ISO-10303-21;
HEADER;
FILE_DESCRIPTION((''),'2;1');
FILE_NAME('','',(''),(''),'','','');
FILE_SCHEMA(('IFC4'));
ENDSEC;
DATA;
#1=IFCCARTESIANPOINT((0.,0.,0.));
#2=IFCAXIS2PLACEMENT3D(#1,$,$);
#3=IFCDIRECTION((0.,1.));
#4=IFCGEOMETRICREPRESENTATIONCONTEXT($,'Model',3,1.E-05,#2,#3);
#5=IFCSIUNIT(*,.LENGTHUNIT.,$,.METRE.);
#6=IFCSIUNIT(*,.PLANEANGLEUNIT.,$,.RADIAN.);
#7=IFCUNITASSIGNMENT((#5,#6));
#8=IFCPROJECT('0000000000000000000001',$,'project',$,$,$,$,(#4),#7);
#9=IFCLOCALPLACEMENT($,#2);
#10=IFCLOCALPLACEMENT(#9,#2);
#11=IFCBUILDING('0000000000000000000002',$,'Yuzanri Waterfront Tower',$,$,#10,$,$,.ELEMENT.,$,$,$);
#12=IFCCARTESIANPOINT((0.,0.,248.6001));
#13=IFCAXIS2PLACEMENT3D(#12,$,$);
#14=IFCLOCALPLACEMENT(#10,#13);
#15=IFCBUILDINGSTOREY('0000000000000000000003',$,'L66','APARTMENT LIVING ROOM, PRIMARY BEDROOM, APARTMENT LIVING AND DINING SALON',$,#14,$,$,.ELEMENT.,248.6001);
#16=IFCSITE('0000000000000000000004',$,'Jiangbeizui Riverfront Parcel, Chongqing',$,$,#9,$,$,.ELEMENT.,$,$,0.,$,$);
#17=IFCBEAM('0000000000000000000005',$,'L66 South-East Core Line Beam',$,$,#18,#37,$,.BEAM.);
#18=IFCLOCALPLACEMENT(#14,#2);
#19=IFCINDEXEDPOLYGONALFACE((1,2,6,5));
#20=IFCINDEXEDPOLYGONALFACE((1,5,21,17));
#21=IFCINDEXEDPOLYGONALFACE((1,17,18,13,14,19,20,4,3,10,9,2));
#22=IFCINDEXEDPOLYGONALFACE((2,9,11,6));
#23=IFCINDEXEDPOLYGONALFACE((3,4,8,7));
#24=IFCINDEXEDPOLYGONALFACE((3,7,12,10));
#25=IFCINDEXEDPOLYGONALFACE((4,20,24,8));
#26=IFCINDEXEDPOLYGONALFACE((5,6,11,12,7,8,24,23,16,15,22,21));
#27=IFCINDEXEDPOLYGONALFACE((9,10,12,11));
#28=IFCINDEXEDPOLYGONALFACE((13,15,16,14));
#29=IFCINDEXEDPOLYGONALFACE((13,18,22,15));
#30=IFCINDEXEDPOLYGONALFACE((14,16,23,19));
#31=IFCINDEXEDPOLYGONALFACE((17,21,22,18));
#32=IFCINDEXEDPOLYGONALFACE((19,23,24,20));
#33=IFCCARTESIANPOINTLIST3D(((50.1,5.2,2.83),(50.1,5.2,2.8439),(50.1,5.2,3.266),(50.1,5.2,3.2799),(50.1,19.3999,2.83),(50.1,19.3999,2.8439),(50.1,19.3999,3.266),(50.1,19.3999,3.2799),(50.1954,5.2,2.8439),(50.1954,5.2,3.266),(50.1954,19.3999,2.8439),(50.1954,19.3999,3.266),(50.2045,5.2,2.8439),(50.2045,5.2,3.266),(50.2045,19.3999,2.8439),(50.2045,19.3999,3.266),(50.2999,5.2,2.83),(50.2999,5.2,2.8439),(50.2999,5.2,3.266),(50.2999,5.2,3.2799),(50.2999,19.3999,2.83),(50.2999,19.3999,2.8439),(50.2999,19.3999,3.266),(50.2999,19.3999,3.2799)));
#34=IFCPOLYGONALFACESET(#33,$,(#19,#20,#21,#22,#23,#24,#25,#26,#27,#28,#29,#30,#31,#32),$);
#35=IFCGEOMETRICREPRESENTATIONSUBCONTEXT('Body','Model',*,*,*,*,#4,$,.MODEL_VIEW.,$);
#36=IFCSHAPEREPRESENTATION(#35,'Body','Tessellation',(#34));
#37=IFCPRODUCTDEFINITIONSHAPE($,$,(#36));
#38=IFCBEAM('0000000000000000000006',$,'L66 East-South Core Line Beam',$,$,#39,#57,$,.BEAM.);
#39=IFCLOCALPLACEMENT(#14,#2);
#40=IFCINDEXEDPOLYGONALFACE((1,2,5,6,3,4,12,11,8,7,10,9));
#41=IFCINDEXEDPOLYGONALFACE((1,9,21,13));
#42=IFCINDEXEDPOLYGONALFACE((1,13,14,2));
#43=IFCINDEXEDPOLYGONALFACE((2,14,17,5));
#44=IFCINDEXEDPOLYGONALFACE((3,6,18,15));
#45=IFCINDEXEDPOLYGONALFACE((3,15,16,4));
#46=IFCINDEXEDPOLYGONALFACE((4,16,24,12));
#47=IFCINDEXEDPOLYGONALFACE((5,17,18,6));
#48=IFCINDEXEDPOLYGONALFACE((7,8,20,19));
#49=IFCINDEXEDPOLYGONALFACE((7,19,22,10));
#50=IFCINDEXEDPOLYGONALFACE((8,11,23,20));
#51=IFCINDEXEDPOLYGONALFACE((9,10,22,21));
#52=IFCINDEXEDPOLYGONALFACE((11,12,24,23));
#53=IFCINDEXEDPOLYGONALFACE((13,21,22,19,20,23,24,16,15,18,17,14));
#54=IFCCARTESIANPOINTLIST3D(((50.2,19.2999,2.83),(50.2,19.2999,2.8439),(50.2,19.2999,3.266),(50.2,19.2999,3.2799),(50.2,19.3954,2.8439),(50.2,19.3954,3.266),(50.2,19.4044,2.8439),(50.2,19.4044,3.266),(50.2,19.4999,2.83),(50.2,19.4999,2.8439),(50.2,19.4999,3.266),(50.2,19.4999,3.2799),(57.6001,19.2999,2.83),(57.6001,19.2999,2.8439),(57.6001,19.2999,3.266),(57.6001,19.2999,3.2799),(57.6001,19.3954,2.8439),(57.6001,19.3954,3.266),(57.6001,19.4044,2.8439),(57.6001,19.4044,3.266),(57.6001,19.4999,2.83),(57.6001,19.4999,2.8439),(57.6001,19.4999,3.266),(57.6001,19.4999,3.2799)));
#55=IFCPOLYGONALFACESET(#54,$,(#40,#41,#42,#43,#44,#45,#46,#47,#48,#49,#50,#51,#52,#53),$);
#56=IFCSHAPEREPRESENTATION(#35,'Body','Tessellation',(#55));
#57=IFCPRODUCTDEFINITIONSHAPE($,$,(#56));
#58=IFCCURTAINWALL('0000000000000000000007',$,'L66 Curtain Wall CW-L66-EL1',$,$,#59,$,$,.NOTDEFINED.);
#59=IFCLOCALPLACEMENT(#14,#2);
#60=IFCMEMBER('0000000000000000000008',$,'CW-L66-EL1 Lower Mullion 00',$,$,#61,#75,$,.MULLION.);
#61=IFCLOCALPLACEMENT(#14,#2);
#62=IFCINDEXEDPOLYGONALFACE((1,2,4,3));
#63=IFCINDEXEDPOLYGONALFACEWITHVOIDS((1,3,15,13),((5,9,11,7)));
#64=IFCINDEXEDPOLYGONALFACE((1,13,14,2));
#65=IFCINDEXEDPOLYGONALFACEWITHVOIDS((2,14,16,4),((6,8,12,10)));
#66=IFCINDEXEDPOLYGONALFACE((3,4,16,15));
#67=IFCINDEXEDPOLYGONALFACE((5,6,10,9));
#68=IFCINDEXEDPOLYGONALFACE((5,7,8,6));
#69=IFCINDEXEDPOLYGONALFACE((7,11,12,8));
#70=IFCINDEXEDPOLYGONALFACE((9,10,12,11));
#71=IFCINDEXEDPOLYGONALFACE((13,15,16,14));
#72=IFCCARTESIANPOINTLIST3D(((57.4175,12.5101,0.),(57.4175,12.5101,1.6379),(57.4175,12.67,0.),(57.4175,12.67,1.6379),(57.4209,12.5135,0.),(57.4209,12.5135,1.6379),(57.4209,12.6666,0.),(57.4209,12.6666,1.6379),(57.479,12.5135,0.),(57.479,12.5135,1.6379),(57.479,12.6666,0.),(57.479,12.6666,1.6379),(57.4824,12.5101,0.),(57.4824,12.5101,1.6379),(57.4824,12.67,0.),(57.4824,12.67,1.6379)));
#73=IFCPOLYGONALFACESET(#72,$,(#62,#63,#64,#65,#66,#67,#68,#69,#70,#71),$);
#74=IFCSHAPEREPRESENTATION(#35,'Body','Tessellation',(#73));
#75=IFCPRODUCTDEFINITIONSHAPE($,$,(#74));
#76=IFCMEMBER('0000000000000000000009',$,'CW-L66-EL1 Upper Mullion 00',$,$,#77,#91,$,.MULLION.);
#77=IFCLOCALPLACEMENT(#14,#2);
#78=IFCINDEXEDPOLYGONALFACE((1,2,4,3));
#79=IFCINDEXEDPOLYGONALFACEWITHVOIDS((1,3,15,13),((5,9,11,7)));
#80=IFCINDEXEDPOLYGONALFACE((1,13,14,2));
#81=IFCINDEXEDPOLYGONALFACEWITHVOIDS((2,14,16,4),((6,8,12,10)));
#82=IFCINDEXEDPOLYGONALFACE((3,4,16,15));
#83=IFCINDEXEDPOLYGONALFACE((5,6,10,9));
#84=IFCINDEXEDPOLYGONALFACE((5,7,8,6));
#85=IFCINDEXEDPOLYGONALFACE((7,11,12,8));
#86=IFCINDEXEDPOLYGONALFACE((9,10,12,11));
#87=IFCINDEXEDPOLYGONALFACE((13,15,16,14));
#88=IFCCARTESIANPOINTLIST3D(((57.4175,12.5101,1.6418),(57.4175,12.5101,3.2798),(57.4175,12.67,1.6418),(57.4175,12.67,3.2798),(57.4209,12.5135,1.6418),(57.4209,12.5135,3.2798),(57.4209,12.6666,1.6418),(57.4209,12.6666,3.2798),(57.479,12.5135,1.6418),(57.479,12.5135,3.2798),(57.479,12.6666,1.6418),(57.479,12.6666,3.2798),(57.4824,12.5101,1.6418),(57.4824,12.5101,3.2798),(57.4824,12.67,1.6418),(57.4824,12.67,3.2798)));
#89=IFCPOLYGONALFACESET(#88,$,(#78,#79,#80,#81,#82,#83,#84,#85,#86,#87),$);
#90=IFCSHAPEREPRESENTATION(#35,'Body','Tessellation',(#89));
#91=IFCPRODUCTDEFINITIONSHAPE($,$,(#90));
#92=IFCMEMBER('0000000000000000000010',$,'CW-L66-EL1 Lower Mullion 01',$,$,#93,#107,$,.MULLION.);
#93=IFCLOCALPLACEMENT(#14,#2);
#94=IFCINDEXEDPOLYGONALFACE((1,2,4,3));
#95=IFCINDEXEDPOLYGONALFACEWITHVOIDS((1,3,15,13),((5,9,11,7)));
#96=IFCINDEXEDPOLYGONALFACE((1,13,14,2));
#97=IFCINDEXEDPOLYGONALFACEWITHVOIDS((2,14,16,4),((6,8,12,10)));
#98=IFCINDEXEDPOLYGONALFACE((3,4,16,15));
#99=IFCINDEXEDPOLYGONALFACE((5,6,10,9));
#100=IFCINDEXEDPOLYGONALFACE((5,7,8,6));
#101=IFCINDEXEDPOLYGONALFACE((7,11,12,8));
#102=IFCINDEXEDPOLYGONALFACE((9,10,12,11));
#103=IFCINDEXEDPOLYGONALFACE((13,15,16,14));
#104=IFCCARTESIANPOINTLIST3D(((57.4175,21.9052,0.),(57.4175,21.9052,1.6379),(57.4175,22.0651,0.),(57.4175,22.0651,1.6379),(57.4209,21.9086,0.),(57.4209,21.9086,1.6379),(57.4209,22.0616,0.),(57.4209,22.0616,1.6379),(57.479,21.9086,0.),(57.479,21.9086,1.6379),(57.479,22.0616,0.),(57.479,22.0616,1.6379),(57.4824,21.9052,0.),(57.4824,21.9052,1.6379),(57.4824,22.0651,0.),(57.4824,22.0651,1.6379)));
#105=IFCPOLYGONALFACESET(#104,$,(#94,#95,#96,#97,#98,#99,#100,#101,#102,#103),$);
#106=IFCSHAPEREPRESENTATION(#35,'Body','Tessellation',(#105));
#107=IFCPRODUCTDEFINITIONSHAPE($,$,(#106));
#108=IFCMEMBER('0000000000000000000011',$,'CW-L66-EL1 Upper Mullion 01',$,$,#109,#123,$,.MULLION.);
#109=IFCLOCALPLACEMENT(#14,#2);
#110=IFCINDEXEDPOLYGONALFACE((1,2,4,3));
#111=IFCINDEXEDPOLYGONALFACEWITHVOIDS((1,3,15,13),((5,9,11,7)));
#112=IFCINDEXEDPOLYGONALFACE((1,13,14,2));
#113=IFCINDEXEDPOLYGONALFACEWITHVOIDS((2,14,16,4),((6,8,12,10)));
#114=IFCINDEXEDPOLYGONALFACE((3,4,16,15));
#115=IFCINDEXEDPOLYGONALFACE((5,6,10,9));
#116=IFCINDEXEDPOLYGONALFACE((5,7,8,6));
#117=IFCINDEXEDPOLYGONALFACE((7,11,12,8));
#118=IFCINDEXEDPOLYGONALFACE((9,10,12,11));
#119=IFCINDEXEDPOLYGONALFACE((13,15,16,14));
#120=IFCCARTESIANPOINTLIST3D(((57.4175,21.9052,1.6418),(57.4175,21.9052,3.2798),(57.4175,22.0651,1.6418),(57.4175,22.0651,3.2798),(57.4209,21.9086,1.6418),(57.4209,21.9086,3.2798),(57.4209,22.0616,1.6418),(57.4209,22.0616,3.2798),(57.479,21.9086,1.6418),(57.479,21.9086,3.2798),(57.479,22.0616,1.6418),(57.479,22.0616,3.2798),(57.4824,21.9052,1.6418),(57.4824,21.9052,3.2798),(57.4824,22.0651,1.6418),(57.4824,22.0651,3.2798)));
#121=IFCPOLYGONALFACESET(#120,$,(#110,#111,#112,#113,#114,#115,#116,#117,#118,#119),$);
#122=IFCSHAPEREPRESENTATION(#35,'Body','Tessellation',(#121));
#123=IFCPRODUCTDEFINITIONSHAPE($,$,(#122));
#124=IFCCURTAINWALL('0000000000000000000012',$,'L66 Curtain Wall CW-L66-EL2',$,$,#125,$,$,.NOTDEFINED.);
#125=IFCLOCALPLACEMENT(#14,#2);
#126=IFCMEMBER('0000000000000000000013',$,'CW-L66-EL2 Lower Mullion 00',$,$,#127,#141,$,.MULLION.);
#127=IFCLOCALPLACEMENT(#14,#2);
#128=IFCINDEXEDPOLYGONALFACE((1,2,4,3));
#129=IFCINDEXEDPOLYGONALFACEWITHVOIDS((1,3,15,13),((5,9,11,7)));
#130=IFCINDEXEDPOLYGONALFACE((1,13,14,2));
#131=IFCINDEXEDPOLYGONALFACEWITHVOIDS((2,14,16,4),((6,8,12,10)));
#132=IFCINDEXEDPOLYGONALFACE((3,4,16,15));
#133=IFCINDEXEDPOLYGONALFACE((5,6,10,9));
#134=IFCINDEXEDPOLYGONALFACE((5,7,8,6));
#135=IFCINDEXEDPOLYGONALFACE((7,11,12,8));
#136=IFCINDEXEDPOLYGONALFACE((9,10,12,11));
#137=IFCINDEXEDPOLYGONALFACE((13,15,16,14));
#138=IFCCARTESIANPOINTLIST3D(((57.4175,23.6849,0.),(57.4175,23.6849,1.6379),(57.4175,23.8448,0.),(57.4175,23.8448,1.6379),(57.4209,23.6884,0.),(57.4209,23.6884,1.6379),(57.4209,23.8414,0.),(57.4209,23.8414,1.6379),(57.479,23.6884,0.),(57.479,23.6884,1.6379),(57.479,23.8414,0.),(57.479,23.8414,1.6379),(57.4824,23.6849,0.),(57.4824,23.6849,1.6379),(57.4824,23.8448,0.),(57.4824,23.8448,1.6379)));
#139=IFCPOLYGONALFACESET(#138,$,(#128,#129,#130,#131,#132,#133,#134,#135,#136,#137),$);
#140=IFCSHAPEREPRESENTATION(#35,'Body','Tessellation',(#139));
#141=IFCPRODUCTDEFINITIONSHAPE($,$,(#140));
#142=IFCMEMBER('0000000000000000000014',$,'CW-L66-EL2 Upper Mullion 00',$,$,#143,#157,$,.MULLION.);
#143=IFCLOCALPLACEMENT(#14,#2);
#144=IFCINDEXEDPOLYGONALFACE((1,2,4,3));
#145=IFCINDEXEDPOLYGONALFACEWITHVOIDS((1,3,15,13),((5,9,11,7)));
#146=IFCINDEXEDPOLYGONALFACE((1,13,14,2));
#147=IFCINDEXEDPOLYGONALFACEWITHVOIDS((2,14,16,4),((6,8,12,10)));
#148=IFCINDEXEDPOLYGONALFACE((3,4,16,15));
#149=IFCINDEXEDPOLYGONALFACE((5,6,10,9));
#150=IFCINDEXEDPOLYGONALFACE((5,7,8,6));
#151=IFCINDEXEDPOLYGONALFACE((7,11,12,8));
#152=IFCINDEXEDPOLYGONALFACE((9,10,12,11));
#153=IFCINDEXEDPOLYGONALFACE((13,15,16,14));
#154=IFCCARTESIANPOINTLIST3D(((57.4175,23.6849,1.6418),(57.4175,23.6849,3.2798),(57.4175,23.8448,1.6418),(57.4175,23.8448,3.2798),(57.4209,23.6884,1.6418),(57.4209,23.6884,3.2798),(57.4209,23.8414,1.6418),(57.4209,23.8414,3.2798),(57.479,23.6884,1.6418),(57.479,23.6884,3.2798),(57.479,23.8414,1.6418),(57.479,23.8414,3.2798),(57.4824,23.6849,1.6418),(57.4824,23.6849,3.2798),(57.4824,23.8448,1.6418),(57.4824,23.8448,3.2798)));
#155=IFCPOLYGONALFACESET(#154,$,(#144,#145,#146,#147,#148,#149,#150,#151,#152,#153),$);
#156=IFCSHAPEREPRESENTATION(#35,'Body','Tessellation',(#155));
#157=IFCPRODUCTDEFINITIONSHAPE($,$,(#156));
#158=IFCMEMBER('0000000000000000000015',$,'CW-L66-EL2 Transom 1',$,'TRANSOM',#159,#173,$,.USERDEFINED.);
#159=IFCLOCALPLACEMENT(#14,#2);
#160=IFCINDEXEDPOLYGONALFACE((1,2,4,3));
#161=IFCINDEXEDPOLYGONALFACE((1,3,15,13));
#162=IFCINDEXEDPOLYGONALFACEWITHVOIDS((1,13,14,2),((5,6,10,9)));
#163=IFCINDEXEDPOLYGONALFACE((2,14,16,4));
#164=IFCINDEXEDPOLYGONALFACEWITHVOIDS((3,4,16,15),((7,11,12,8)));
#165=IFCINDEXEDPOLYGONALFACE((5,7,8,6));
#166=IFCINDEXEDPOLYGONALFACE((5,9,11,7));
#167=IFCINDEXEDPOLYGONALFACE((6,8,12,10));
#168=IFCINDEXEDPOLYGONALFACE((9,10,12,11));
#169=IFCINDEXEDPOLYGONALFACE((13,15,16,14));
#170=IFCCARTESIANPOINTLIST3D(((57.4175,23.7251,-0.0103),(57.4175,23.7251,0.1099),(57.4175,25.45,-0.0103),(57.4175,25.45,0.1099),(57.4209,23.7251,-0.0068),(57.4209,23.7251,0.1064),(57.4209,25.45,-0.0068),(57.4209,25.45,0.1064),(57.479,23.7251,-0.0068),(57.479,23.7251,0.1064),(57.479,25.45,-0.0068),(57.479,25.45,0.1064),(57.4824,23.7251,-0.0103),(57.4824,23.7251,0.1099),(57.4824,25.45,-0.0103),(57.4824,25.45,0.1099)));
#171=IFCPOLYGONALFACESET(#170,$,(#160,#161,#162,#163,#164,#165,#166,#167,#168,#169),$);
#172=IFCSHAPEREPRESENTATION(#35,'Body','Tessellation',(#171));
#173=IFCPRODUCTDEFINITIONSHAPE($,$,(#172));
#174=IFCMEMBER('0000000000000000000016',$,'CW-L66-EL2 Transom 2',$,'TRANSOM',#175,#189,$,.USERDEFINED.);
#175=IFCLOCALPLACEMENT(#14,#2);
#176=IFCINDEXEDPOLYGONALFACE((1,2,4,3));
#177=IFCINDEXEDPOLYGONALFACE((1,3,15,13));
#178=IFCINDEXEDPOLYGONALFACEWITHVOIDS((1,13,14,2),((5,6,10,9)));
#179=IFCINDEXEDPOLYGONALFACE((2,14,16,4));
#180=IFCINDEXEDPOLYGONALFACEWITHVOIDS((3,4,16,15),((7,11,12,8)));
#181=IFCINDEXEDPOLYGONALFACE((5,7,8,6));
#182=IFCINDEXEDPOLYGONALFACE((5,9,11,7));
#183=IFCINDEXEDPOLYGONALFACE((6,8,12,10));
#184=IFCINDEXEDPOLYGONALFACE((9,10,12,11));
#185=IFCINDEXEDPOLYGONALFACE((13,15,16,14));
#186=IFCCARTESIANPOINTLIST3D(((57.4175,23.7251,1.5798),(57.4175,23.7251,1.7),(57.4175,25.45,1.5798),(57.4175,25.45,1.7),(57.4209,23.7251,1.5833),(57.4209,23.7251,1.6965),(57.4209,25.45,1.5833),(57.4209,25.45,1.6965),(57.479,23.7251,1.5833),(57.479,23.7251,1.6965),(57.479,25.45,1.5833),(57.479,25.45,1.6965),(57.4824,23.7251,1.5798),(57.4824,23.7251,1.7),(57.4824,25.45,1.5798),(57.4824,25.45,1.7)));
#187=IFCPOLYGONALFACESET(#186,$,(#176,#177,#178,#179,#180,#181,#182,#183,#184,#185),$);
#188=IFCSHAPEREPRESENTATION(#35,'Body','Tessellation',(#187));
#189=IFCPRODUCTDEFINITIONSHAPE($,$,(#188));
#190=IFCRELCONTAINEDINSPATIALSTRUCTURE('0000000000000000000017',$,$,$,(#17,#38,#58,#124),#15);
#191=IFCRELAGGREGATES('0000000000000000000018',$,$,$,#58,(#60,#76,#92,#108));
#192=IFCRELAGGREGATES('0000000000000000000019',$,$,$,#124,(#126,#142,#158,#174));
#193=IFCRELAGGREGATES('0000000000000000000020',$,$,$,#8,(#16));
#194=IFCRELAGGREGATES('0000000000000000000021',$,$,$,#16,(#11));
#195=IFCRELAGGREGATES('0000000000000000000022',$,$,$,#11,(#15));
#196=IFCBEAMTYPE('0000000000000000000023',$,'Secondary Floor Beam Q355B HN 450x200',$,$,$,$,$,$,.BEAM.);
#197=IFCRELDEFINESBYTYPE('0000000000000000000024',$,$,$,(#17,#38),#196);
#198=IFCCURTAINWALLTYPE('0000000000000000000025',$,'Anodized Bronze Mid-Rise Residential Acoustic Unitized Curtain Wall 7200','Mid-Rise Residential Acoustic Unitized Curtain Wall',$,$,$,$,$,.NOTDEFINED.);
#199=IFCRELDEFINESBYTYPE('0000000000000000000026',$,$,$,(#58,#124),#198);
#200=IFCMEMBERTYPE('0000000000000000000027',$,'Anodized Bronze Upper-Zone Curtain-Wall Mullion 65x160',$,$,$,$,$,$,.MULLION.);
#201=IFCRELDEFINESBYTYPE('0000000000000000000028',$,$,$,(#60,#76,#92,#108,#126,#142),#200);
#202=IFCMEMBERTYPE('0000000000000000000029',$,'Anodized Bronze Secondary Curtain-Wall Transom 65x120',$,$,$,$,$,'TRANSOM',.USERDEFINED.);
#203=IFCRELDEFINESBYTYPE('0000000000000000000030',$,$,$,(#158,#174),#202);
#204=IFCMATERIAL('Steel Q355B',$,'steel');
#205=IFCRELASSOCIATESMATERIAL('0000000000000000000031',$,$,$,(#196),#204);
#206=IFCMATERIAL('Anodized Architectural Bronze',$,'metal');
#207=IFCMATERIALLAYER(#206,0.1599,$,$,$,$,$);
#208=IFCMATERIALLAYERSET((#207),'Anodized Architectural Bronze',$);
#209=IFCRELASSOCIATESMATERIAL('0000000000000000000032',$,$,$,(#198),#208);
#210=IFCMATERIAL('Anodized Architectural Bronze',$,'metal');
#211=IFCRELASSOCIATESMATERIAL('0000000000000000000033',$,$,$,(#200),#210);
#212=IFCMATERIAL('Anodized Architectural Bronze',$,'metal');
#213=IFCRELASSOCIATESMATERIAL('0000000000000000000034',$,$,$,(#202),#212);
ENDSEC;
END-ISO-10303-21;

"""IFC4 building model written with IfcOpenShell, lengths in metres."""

from ifc_helpers import new_model, si_unit, direction, frame, origin, origin_2d, place, context, subcontext, project, spatial, hollow_rectangle, i_section, extrude, source, transform, mapped, material, layer, layer_set, material_profile, profile_set, type_object, element, aggregate, save


model = new_model("IFC4")

# Units and contexts
model_context = context("Model", 3, precision=1e-05, world=origin(), true_north=direction((0.0, 1.0)))
body_context = subcontext(model_context, "Body", "Model", "MODEL_VIEW")
ifc_project = project(units=[si_unit("LENGTHUNIT", "METRE"), si_unit("PLANEANGLEUNIT", "RADIAN")], contexts=[model_context])

# Site, building, storey
site_placement = place(None, origin())
site = spatial("IfcSite", under=ifc_project, at=site_placement, Name="Jiangbeizui Riverfront Parcel, Chongqing", CompositionType="ELEMENT", RefElevation=0.0)
building_placement = place(site_placement, origin())
building = spatial("IfcBuilding", under=site, at=building_placement, Name="Yuzanri Waterfront Tower", CompositionType="ELEMENT")
storey_placement = place(building_placement, frame((0.0, 0.0, 248.6001)))
storey = spatial("IfcBuildingStorey", under=building, at=storey_placement, Name="L66", Description="APARTMENT LIVING ROOM, PRIMARY BEDROOM, APARTMENT LIVING AND DINING SALON", CompositionType="ELEMENT", Elevation=248.6001)

# Beams
ifc_material_1 = material(Name="Steel Q355B", Category="steel")
ifc_material_profile_1 = material_profile(ifc_material_1, i_section(OverallWidth=0.2, OverallDepth=0.45, WebThickness=0.009, FlangeThickness=0.0139, at=origin_2d()), Name="HN 450x200x9x14")
ifc_profile_set_1 = profile_set([ifc_material_profile_1], Name="Steel Q355B")
beam_type = type_object("IfcBeamType", Name="Secondary Floor Beam Q355B HN 450x200", PredefinedType="BEAM", material=ifc_profile_set_1)
shared_shape_1 = source(origin(), body_context, "Body", "SweptSolid", [
    extrude(i_section(OverallWidth=0.2, OverallDepth=0.45, WebThickness=0.009, FlangeThickness=0.0139, at=origin_2d()), origin(), (0.0, 0.0, 1.0), 14.2),
])
beam_1_placement = place(storey_placement, frame((50.2, 19.3999, 3.0549), z_axis=(0.0, -1.0, 0.0), x_axis=(1.0, 0.0, 0.0)))
element("IfcBeam", 1, at=beam_1_placement, inside=storey, type_object=beam_type, Name="L66 South-East Core Line Beam", PredefinedType="BEAM", context=body_context, shape_type="MappedRepresentation", body=[
    mapped(shared_shape_1, transform((0.0, 0.0, 0.0), scale=1.0)),
])
shared_shape_2 = source(origin(), body_context, "Body", "SweptSolid", [
    extrude(i_section(OverallWidth=0.2, OverallDepth=0.45, WebThickness=0.009, FlangeThickness=0.0139, at=origin_2d()), origin(), (0.0, 0.0, 1.0), 7.4001),
])
beam_2_placement = place(storey_placement, frame((50.2, 19.3999, 3.0549), z_axis=(1.0, 0.0, 0.0), x_axis=(0.0, 1.0, 0.0)))
element("IfcBeam", 2, at=beam_2_placement, inside=storey, type_object=beam_type, Name="L66 East-South Core Line Beam", PredefinedType="BEAM", context=body_context, shape_type="MappedRepresentation", body=[
    mapped(shared_shape_2, transform((0.0, 0.0, 0.0), scale=1.0)),
])

# Curtain walls, members
ifc_material_2 = material(Name="Anodized Architectural Bronze", Category="metal")
ifc_layer_1 = layer(ifc_material_2, 0.1599)
ifc_layer_set_1 = layer_set([ifc_layer_1], Name="Anodized Architectural Bronze")
curtain_wall_type = type_object("IfcCurtainWallType", Name="Anodized Bronze Mid-Rise Residential Acoustic Unitized Curtain Wall 7200", Description="Mid-Rise Residential Acoustic Unitized Curtain Wall", PredefinedType="NOTDEFINED", material=ifc_layer_set_1)
curtain_wall_1_placement = place(storey_placement, origin())
curtain_wall_1 = element("IfcCurtainWall", 3, at=curtain_wall_1_placement, inside=storey, type_object=curtain_wall_type, Name="L66 Curtain Wall CW-L66-EL1", PredefinedType="NOTDEFINED")
ifc_material_3 = material(Name="Anodized Architectural Bronze", Category="metal")
ifc_material_profile_2 = material_profile(ifc_material_3, hollow_rectangle(XDim=0.0649, YDim=0.1599, WallThickness=0.0034, at=origin_2d()), Name="CWM 65x160")
ifc_profile_set_2 = profile_set([ifc_material_profile_2], Name="Anodized Architectural Bronze")
member_type_1 = type_object("IfcMemberType", Name="Anodized Bronze Upper-Zone Curtain-Wall Mullion 65x160", PredefinedType="MULLION", material=ifc_profile_set_2)
shared_shape_3 = source(origin(), body_context, "Body", "SweptSolid", [
    extrude(hollow_rectangle(XDim=0.0649, YDim=0.1599, WallThickness=0.0034, at=origin_2d()), origin(), (0.0, 0.0, 1.0), 1.6379),
])
member_1_placement = place(storey_placement, frame((57.45, 12.5901, 0.0), z_axis=(0.0, 0.0, 1.0), x_axis=(1.0, 0.0, 0.0)))
member_1 = element("IfcMember", 4, at=member_1_placement, type_object=member_type_1, Name="CW-L66-EL1 Lower Mullion 00", PredefinedType="MULLION", context=body_context, shape_type="MappedRepresentation", body=[
    mapped(shared_shape_3, transform((0.0, 0.0, 0.0), scale=1.0)),
])
member_2_placement = place(storey_placement, frame((57.45, 12.5901, 1.6418), z_axis=(0.0, 0.0, 1.0), x_axis=(1.0, 0.0, 0.0)))
member_2 = element("IfcMember", 5, at=member_2_placement, type_object=member_type_1, Name="CW-L66-EL1 Upper Mullion 00", PredefinedType="MULLION", context=body_context, shape_type="MappedRepresentation", body=[
    mapped(shared_shape_3, transform((0.0, 0.0, 0.0), scale=1.0)),
])
member_3_placement = place(storey_placement, frame((57.45, 21.9851, 0.0), z_axis=(0.0, 0.0, 1.0), x_axis=(1.0, 0.0, 0.0)))
member_3 = element("IfcMember", 6, at=member_3_placement, type_object=member_type_1, Name="CW-L66-EL1 Lower Mullion 01", PredefinedType="MULLION", context=body_context, shape_type="MappedRepresentation", body=[
    mapped(shared_shape_3, transform((0.0, 0.0, 0.0), scale=1.0)),
])
member_4_placement = place(storey_placement, frame((57.45, 21.9851, 1.6418), z_axis=(0.0, 0.0, 1.0), x_axis=(1.0, 0.0, 0.0)))
member_4 = element("IfcMember", 7, at=member_4_placement, type_object=member_type_1, Name="CW-L66-EL1 Upper Mullion 01", PredefinedType="MULLION", context=body_context, shape_type="MappedRepresentation", body=[
    mapped(shared_shape_3, transform((0.0, 0.0, 0.0), scale=1.0)),
])
curtain_wall_2_placement = place(storey_placement, origin())
curtain_wall_2 = element("IfcCurtainWall", 8, at=curtain_wall_2_placement, inside=storey, type_object=curtain_wall_type, Name="L66 Curtain Wall CW-L66-EL2", PredefinedType="NOTDEFINED")
member_5_placement = place(storey_placement, frame((57.45, 23.7649, 0.0), z_axis=(0.0, 0.0, 1.0), x_axis=(1.0, 0.0, 0.0)))
member_5 = element("IfcMember", 9, at=member_5_placement, type_object=member_type_1, Name="CW-L66-EL2 Lower Mullion 00", PredefinedType="MULLION", context=body_context, shape_type="MappedRepresentation", body=[
    mapped(shared_shape_3, transform((0.0, 0.0, 0.0), scale=1.0)),
])
member_6_placement = place(storey_placement, frame((57.45, 23.7649, 1.6418), z_axis=(0.0, 0.0, 1.0), x_axis=(1.0, 0.0, 0.0)))
member_6 = element("IfcMember", 10, at=member_6_placement, type_object=member_type_1, Name="CW-L66-EL2 Upper Mullion 00", PredefinedType="MULLION", context=body_context, shape_type="MappedRepresentation", body=[
    mapped(shared_shape_3, transform((0.0, 0.0, 0.0), scale=1.0)),
])
ifc_material_4 = material(Name="Anodized Architectural Bronze", Category="metal")
ifc_material_profile_3 = material_profile(ifc_material_4, hollow_rectangle(XDim=0.0649, YDim=0.1201, WallThickness=0.0034, at=origin_2d()), Name="CWT 65x120")
ifc_profile_set_3 = profile_set([ifc_material_profile_3], Name="Anodized Architectural Bronze")
member_type_2 = type_object("IfcMemberType", Name="Anodized Bronze Secondary Curtain-Wall Transom 65x120", ElementType="TRANSOM", PredefinedType="USERDEFINED", material=ifc_profile_set_3)
shared_shape_4 = source(origin(), body_context, "Body", "SweptSolid", [
    extrude(hollow_rectangle(XDim=0.0649, YDim=0.1201, WallThickness=0.0034, at=origin_2d()), origin(), (0.0, 0.0, 1.0), 1.7249),
])
member_7_placement = place(storey_placement, frame((57.45, 23.7251, 0.0498), z_axis=(0.0, 1.0, 0.0), x_axis=(-1.0, 0.0, 0.0)))
member_7 = element("IfcMember", 11, at=member_7_placement, type_object=member_type_2, Name="CW-L66-EL2 Transom 1", ObjectType="TRANSOM", PredefinedType="USERDEFINED", context=body_context, shape_type="MappedRepresentation", body=[
    mapped(shared_shape_4, transform((0.0, 0.0, 0.0), scale=1.0)),
])
member_8_placement = place(storey_placement, frame((57.45, 23.7251, 1.6399), z_axis=(0.0, 1.0, 0.0), x_axis=(-1.0, 0.0, 0.0)))
member_8 = element("IfcMember", 12, at=member_8_placement, type_object=member_type_2, Name="CW-L66-EL2 Transom 2", ObjectType="TRANSOM", PredefinedType="USERDEFINED", context=body_context, shape_type="MappedRepresentation", body=[
    mapped(shared_shape_4, transform((0.0, 0.0, 0.0), scale=1.0)),
])

aggregate(curtain_wall_1, [member_1, member_2, member_3, member_4])
aggregate(curtain_wall_2, [member_5, member_6, member_7, member_8])

save(model, "model.ifc")
